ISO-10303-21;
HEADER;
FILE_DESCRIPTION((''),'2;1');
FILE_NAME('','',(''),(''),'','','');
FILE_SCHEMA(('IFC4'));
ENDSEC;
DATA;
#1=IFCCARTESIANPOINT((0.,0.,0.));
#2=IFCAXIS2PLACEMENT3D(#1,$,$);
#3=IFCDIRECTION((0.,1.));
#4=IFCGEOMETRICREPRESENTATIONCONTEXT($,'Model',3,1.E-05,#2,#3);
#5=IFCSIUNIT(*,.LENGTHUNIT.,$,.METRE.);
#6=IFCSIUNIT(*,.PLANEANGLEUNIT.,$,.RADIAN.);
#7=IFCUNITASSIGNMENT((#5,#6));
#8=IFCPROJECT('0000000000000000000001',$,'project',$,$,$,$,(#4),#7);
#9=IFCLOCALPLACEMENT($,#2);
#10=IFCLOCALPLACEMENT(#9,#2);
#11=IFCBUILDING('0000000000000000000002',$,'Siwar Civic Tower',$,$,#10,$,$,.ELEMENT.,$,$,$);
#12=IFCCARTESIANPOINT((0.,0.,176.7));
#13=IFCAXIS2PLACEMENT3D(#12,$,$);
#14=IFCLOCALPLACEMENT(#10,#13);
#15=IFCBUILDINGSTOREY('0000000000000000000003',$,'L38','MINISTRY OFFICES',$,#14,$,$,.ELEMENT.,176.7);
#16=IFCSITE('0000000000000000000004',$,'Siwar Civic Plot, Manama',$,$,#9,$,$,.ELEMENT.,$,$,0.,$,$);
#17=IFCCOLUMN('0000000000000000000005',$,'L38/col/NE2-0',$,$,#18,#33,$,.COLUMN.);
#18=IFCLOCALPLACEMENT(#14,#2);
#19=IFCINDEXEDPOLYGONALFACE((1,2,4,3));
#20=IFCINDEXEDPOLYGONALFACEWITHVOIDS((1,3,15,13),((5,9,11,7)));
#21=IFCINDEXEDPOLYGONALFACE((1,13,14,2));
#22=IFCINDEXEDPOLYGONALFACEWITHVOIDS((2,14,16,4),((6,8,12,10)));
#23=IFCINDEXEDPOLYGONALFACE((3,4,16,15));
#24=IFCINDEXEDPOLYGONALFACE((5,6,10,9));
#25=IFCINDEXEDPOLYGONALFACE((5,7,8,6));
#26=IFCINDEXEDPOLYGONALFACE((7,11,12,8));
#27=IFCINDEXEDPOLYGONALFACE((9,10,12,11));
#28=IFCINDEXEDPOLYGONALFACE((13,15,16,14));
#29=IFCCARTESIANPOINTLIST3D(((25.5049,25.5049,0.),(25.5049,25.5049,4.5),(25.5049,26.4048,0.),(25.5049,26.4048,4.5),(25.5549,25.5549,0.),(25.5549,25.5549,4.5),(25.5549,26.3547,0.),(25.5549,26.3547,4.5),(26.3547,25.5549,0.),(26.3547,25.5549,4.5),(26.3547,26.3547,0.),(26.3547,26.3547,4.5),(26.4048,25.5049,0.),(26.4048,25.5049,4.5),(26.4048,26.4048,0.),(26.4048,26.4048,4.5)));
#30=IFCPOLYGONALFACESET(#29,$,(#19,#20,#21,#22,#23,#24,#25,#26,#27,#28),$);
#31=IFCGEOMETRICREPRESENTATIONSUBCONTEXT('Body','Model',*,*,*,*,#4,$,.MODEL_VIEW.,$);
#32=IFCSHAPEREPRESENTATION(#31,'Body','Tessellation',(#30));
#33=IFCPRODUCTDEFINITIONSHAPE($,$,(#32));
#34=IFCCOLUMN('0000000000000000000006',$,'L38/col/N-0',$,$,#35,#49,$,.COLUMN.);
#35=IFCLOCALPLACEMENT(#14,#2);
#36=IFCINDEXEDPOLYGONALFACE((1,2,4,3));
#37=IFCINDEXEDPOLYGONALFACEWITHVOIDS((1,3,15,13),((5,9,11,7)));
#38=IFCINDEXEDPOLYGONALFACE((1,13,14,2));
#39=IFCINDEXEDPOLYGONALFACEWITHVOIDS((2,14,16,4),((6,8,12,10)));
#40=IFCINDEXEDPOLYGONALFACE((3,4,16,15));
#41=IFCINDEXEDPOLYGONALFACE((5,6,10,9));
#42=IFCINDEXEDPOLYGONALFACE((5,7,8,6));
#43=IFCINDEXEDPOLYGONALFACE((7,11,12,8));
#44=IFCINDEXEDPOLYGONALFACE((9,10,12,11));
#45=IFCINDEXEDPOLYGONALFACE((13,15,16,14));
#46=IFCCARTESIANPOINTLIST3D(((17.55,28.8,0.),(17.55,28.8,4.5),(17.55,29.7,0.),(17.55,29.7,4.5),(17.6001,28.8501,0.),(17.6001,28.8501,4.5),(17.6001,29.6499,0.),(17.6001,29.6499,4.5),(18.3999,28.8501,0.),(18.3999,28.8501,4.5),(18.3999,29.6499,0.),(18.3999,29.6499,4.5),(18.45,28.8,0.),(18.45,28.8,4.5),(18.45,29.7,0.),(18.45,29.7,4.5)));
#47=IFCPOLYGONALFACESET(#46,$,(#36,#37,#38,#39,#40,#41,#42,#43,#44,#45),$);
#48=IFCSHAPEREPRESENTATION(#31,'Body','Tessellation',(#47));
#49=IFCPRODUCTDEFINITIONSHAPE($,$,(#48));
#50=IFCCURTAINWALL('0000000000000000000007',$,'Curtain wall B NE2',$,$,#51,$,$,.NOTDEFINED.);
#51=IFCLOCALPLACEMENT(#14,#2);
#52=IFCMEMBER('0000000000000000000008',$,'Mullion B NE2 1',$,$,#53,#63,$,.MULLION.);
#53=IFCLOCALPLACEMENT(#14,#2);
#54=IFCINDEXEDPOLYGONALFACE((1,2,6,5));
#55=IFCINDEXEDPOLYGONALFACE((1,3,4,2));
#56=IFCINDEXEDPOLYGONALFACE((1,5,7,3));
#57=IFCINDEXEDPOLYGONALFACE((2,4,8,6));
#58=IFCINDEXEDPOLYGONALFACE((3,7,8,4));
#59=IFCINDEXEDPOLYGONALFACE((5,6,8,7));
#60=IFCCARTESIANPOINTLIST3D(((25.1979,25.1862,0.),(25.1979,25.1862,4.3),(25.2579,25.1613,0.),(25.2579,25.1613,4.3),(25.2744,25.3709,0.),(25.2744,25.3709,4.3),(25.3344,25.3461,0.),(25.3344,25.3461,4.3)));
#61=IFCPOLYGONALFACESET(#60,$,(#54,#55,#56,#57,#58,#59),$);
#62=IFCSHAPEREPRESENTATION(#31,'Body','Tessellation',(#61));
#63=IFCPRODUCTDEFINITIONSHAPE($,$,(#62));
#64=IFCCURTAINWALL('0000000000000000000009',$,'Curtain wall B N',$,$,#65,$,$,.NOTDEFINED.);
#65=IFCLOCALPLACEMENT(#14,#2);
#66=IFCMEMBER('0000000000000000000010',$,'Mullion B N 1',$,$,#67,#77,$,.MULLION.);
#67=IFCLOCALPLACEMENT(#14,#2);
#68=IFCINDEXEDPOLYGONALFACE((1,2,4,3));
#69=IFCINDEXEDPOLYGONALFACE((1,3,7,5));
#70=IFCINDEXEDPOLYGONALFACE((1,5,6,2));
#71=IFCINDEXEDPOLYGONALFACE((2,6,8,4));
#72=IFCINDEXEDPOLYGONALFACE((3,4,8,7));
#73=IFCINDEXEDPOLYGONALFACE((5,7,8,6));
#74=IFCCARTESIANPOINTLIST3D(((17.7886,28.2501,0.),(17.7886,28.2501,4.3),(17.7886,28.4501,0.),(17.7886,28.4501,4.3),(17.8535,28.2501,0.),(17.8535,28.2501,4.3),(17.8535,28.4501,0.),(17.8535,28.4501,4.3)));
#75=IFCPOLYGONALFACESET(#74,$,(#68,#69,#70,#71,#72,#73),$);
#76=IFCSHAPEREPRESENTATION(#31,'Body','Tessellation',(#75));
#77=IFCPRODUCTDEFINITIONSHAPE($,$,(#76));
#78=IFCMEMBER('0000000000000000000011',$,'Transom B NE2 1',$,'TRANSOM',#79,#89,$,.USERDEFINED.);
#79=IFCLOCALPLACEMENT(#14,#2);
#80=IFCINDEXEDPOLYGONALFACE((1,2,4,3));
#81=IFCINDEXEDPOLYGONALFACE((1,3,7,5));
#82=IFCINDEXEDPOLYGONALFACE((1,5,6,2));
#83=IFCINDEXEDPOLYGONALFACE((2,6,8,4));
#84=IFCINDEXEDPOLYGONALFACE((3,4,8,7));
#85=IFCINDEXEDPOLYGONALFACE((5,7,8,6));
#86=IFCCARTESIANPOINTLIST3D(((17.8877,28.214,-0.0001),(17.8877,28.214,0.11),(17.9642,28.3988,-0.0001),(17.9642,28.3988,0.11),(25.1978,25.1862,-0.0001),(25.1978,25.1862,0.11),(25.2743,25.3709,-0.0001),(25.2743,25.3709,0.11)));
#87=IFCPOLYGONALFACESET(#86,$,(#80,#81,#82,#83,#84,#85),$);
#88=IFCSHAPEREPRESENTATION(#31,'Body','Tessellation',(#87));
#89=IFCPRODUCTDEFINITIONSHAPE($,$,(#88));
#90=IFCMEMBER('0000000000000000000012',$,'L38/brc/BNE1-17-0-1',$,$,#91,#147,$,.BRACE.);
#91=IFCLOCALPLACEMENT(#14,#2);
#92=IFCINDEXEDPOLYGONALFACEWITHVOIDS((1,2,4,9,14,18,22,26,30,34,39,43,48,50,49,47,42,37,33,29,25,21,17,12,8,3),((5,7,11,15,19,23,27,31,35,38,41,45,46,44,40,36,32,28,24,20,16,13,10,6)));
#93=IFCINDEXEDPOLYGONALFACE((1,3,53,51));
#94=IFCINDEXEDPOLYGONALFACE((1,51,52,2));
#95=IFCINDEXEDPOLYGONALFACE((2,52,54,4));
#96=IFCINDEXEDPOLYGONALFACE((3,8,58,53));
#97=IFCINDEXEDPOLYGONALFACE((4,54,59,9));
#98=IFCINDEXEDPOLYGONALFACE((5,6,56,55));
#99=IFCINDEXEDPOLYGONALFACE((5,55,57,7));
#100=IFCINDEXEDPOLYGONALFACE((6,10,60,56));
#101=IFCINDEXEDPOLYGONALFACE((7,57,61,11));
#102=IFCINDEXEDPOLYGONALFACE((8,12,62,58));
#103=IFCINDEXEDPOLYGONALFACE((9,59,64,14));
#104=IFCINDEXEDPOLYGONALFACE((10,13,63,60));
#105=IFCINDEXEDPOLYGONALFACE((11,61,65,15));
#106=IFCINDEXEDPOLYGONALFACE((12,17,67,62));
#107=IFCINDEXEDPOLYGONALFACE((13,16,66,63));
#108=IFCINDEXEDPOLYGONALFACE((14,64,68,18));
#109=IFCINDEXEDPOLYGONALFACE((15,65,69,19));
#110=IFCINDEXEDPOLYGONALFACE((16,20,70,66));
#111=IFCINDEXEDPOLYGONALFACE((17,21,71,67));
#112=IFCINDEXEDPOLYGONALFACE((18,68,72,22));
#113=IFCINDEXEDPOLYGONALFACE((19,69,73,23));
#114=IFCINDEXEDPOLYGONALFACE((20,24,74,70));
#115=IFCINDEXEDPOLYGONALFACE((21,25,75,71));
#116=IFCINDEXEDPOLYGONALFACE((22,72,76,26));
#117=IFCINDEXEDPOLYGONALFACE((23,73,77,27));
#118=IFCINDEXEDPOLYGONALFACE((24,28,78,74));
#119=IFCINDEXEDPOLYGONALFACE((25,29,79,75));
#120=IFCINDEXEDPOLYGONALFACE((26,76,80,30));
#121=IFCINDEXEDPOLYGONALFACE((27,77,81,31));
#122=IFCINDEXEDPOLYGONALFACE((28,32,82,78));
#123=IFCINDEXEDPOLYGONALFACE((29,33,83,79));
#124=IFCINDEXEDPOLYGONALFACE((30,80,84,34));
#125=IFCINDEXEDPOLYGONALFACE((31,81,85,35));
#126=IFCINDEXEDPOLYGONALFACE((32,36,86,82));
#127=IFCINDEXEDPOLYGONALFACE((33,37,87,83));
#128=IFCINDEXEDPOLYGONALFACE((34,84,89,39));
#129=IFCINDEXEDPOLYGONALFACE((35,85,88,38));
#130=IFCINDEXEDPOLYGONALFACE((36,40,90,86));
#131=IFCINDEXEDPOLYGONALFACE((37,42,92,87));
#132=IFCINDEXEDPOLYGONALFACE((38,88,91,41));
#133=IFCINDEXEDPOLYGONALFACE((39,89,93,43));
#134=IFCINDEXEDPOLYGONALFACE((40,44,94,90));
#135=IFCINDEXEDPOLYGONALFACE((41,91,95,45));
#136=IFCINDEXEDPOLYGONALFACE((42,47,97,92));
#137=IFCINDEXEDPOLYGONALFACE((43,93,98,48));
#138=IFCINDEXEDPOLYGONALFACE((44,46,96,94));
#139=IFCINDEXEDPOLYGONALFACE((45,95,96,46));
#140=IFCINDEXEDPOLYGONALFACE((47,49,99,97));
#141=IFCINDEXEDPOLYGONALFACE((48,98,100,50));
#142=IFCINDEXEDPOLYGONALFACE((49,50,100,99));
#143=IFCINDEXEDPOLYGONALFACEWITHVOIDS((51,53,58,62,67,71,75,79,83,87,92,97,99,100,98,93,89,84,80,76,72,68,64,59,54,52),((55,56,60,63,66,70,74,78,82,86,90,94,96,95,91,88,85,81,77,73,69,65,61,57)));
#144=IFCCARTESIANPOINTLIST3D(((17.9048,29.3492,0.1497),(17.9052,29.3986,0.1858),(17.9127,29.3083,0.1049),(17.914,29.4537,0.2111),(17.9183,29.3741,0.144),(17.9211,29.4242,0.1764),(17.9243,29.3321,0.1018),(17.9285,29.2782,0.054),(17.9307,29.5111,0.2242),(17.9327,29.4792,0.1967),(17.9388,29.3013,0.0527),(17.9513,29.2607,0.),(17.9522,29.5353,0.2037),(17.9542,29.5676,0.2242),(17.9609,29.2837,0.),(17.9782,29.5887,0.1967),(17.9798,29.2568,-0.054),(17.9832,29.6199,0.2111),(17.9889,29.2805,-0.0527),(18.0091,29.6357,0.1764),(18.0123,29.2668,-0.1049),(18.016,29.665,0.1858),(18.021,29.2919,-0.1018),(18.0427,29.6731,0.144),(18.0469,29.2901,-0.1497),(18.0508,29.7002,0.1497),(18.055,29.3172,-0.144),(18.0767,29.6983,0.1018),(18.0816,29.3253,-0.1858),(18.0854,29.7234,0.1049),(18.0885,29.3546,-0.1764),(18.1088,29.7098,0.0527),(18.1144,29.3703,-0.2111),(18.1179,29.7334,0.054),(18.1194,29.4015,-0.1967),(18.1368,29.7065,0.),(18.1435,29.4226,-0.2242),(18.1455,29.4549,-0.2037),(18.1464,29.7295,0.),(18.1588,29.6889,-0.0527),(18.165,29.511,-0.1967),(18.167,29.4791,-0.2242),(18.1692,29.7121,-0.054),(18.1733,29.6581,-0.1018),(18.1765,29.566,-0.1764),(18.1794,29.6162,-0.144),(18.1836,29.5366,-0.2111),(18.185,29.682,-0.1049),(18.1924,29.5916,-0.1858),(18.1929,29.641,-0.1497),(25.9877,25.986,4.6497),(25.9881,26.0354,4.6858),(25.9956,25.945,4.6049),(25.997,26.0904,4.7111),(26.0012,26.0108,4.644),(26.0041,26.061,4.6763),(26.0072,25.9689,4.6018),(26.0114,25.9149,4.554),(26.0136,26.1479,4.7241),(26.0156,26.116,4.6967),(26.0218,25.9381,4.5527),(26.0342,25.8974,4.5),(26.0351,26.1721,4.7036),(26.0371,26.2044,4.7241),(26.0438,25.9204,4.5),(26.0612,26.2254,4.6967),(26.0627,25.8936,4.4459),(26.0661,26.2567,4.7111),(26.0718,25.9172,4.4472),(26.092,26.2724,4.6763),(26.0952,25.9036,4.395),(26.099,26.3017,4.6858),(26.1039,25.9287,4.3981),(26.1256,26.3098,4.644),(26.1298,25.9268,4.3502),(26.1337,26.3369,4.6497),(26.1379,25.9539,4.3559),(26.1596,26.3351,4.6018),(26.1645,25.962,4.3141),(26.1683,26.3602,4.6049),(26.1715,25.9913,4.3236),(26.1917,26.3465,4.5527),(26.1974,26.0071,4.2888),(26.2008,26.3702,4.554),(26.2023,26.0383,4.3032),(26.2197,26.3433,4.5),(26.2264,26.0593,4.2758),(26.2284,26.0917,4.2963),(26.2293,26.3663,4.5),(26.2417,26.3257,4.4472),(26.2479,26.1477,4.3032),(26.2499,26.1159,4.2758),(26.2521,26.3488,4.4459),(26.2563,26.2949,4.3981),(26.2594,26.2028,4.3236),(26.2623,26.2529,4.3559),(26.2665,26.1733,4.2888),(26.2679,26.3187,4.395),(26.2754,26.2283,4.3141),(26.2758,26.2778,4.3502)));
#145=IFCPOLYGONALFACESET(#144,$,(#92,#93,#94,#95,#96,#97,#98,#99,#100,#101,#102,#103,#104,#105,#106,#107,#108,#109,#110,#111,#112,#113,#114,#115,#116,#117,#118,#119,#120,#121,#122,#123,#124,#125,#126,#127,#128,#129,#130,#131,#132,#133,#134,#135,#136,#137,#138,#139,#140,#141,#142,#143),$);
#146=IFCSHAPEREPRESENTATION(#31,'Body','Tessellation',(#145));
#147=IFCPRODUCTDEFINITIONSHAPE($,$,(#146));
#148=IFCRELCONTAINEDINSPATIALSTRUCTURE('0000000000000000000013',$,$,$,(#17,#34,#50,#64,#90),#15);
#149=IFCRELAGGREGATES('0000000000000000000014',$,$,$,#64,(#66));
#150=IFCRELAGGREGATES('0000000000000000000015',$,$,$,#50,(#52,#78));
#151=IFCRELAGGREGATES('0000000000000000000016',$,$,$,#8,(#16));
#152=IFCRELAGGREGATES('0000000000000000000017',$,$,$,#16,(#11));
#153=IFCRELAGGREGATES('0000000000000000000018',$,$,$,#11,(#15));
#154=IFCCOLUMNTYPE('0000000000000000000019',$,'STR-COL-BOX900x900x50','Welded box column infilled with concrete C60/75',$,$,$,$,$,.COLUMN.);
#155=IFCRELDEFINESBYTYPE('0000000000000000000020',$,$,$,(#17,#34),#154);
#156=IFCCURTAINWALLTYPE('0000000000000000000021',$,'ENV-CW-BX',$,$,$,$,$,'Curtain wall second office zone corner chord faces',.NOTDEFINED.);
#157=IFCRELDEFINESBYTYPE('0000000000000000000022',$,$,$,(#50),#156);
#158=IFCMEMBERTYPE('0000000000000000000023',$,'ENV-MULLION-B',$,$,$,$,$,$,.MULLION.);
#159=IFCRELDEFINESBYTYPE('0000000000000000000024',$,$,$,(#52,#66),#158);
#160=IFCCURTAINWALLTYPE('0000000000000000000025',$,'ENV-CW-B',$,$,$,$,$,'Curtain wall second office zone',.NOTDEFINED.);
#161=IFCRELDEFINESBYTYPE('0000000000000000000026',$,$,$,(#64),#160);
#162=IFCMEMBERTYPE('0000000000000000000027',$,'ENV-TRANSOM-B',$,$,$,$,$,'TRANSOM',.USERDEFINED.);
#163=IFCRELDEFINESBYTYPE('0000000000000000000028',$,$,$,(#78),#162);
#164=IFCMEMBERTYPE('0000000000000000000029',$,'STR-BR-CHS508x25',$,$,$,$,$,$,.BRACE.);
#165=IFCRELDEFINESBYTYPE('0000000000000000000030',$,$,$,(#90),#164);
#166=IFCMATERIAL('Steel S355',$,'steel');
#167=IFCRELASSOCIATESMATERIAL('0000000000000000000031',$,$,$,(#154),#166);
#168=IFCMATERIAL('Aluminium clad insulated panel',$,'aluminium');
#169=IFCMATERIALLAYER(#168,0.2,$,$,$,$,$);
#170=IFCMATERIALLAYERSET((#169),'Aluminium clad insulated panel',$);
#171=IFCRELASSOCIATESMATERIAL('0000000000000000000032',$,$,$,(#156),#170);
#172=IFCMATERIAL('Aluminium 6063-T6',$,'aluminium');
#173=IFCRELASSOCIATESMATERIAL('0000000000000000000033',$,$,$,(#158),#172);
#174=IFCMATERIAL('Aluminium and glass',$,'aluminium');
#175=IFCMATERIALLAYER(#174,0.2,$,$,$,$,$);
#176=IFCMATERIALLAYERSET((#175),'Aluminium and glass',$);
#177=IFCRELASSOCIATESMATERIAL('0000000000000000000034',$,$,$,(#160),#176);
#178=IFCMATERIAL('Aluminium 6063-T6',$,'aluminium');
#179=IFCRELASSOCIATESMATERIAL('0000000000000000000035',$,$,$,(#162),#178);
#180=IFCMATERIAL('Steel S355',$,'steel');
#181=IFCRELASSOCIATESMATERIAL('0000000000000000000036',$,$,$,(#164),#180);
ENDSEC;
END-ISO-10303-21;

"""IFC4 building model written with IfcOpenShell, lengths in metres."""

from ifc_helpers import new_model, si_unit, direction, frame, origin, origin_2d, place, context, subcontext, project, spatial, rectangle, hollow_rectangle, hollow_circle, extrude, material, layer, layer_set, material_profile, profile_set, type_object, element, aggregate, save


model = new_model("IFC4")

# Units and contexts
model_context = context("Model", 3, precision=1e-05, world=origin(), true_north=direction((0.0, 1.0)))
body_context = subcontext(model_context, "Body", "Model", "MODEL_VIEW")
ifc_project = project(units=[si_unit("LENGTHUNIT", "METRE"), si_unit("PLANEANGLEUNIT", "RADIAN")], contexts=[model_context])

# Site, building, storey
site_placement = place(None, origin())
site = spatial("IfcSite", under=ifc_project, at=site_placement, Name="Siwar Civic Plot, Manama", CompositionType="ELEMENT", RefElevation=0.0)
building_placement = place(site_placement, origin())
building = spatial("IfcBuilding", under=site, at=building_placement, Name="Siwar Civic Tower", CompositionType="ELEMENT")
storey_placement = place(building_placement, frame((0.0, 0.0, 176.7)))
storey = spatial("IfcBuildingStorey", under=building, at=storey_placement, Name="L38", Description="MINISTRY OFFICES", CompositionType="ELEMENT", Elevation=176.7)

# Columns
ifc_material_1 = material(Name="Steel S355", Category="steel")
ifc_material_profile_1 = material_profile(ifc_material_1, hollow_rectangle(XDim=0.8999, YDim=0.8999, WallThickness=0.05, at=origin_2d()), Name="BOX900x900x50")
ifc_profile_set_1 = profile_set([ifc_material_profile_1], Name="Steel S355")
column_type = type_object("IfcColumnType", Name="STR-COL-BOX900x900x50", Description="Welded box column infilled with concrete C60/75", PredefinedType="COLUMN", material=ifc_profile_set_1)
for number, where, z_axis, x_axis, name in (
    (1, (25.9548, 25.9548, 0.0), (0.0, 0.0, 1.0), (1.0, 0.0, 0.0), "L38/col/NE2-0"),
    (2, (18.0, 29.25, 0.0), (0.0, 0.0, 1.0), (1.0, 0.0, 0.0), "L38/col/N-0"),
):
    element("IfcColumn", number, at=place(storey_placement, frame(where, z_axis=z_axis, x_axis=x_axis)), inside=storey, type_object=column_type, Name=name, PredefinedType="COLUMN", context=body_context, shape_type="SweptSolid", body=[
        extrude(hollow_rectangle(XDim=0.8999, YDim=0.8999, WallThickness=0.05, at=origin_2d()), origin(), (0.0, 0.0, 1.0), 4.5),
    ])

# Curtain walls, members
ifc_material_2 = material(Name="Aluminium clad insulated panel", Category="aluminium")
ifc_layer_1 = layer(ifc_material_2, 0.2)
ifc_layer_set_1 = layer_set([ifc_layer_1], Name="Aluminium clad insulated panel")
curtain_wall_type_1 = type_object("IfcCurtainWallType", Name="ENV-CW-BX", ElementType="Curtain wall second office zone corner chord faces", PredefinedType="NOTDEFINED", material=ifc_layer_set_1)
curtain_wall_1_placement = place(storey_placement, origin())
curtain_wall_1 = element("IfcCurtainWall", 3, at=curtain_wall_1_placement, inside=storey, type_object=curtain_wall_type_1, Name="Curtain wall B NE2", PredefinedType="NOTDEFINED")
ifc_material_3 = material(Name="Aluminium 6063-T6", Category="aluminium")
ifc_material_profile_2 = material_profile(ifc_material_3, rectangle(XDim=0.2, YDim=0.0649, at=origin_2d()), Name="AL 200x65")
ifc_profile_set_2 = profile_set([ifc_material_profile_2], Name="Aluminium 6063-T6")
member_type_1 = type_object("IfcMemberType", Name="ENV-MULLION-B", PredefinedType="MULLION", material=ifc_profile_set_2)
member_1_placement = place(storey_placement, frame((25.2661, 25.2661, 0.0), z_axis=(0.0, 0.0, 1.0), x_axis=(-0.382683, -0.92388, 0.0)))
member_1 = element("IfcMember", 4, at=member_1_placement, type_object=member_type_1, Name="Mullion B NE2 1", PredefinedType="MULLION", context=body_context, shape_type="SweptSolid", body=[
    extrude(rectangle(XDim=0.2, YDim=0.0649, at=origin_2d()), origin(), (0.0, 0.0, 1.0), 4.3),
])
ifc_material_4 = material(Name="Aluminium and glass", Category="aluminium")
ifc_layer_2 = layer(ifc_material_4, 0.2)
ifc_layer_set_2 = layer_set([ifc_layer_2], Name="Aluminium and glass")
curtain_wall_type_2 = type_object("IfcCurtainWallType", Name="ENV-CW-B", ElementType="Curtain wall second office zone", PredefinedType="NOTDEFINED", material=ifc_layer_set_2)
curtain_wall_2_placement = place(storey_placement, origin())
curtain_wall_2 = element("IfcCurtainWall", 5, at=curtain_wall_2_placement, inside=storey, type_object=curtain_wall_type_2, Name="Curtain wall B N", PredefinedType="NOTDEFINED")
member_2_placement = place(storey_placement, frame((17.821, 28.3501, 0.0), z_axis=(0.0, 0.0, 1.0), x_axis=(0.0, -1.0, 0.0)))
member_2 = element("IfcMember", 6, at=member_2_placement, type_object=member_type_1, Name="Mullion B N 1", PredefinedType="MULLION", context=body_context, shape_type="SweptSolid", body=[
    extrude(rectangle(XDim=0.2, YDim=0.0649, at=origin_2d()), origin(), (0.0, 0.0, 1.0), 4.3),
])
aggregate(curtain_wall_2, [member_2])

# Member
ifc_material_5 = material(Name="Aluminium 6063-T6", Category="aluminium")
ifc_material_profile_3 = material_profile(ifc_material_5, rectangle(XDim=0.2, YDim=0.1101, at=origin_2d()), Name="AL 200x110")
ifc_profile_set_3 = profile_set([ifc_material_profile_3], Name="Aluminium 6063-T6")
member_type_2 = type_object("IfcMemberType", Name="ENV-TRANSOM-B", ElementType="TRANSOM", PredefinedType="USERDEFINED", material=ifc_profile_set_3)
member_3_placement = place(storey_placement, frame((25.2361, 25.2786, 0.0549), z_axis=(-0.923884, 0.382673, 0.0), x_axis=(-0.382673, -0.923884, 0.0)))
member_3 = element("IfcMember", 7, at=member_3_placement, type_object=member_type_2, Name="Transom B NE2 1", ObjectType="TRANSOM", PredefinedType="USERDEFINED", context=body_context, shape_type="SweptSolid", body=[
    extrude(rectangle(XDim=0.2, YDim=0.1101, at=origin_2d()), origin(), (0.0, 0.0, 1.0), 7.9124),
])

# Member
ifc_material_6 = material(Name="Steel S355", Category="steel")
ifc_material_profile_4 = material_profile(ifc_material_6, hollow_circle(Radius=0.2539, WallThickness=0.0249, at=origin_2d()), Name="CHS508x25")
ifc_profile_set_4 = profile_set([ifc_material_profile_4], Name="Steel S355")
member_type_3 = type_object("IfcMemberType", Name="STR-BR-CHS508x25", PredefinedType="BRACE", material=ifc_profile_set_4)
member_4_placement = place(storey_placement, frame((18.0488, 29.4951, 0.0), z_axis=(0.821143, -0.341671, 0.457149), x_axis=(0.384164, 0.923265, 0.0)))
element("IfcMember", 8, at=member_4_placement, inside=storey, type_object=member_type_3, Name="L38/brc/BNE1-17-0-1", PredefinedType="BRACE", context=body_context, shape_type="SweptSolid", body=[
    extrude(hollow_circle(Radius=0.2539, WallThickness=0.0249, at=origin_2d()), origin(), (0.0, 0.0, 1.0), 9.8435),
])

aggregate(curtain_wall_1, [member_1, member_3])

save(model, "model.ifc")
